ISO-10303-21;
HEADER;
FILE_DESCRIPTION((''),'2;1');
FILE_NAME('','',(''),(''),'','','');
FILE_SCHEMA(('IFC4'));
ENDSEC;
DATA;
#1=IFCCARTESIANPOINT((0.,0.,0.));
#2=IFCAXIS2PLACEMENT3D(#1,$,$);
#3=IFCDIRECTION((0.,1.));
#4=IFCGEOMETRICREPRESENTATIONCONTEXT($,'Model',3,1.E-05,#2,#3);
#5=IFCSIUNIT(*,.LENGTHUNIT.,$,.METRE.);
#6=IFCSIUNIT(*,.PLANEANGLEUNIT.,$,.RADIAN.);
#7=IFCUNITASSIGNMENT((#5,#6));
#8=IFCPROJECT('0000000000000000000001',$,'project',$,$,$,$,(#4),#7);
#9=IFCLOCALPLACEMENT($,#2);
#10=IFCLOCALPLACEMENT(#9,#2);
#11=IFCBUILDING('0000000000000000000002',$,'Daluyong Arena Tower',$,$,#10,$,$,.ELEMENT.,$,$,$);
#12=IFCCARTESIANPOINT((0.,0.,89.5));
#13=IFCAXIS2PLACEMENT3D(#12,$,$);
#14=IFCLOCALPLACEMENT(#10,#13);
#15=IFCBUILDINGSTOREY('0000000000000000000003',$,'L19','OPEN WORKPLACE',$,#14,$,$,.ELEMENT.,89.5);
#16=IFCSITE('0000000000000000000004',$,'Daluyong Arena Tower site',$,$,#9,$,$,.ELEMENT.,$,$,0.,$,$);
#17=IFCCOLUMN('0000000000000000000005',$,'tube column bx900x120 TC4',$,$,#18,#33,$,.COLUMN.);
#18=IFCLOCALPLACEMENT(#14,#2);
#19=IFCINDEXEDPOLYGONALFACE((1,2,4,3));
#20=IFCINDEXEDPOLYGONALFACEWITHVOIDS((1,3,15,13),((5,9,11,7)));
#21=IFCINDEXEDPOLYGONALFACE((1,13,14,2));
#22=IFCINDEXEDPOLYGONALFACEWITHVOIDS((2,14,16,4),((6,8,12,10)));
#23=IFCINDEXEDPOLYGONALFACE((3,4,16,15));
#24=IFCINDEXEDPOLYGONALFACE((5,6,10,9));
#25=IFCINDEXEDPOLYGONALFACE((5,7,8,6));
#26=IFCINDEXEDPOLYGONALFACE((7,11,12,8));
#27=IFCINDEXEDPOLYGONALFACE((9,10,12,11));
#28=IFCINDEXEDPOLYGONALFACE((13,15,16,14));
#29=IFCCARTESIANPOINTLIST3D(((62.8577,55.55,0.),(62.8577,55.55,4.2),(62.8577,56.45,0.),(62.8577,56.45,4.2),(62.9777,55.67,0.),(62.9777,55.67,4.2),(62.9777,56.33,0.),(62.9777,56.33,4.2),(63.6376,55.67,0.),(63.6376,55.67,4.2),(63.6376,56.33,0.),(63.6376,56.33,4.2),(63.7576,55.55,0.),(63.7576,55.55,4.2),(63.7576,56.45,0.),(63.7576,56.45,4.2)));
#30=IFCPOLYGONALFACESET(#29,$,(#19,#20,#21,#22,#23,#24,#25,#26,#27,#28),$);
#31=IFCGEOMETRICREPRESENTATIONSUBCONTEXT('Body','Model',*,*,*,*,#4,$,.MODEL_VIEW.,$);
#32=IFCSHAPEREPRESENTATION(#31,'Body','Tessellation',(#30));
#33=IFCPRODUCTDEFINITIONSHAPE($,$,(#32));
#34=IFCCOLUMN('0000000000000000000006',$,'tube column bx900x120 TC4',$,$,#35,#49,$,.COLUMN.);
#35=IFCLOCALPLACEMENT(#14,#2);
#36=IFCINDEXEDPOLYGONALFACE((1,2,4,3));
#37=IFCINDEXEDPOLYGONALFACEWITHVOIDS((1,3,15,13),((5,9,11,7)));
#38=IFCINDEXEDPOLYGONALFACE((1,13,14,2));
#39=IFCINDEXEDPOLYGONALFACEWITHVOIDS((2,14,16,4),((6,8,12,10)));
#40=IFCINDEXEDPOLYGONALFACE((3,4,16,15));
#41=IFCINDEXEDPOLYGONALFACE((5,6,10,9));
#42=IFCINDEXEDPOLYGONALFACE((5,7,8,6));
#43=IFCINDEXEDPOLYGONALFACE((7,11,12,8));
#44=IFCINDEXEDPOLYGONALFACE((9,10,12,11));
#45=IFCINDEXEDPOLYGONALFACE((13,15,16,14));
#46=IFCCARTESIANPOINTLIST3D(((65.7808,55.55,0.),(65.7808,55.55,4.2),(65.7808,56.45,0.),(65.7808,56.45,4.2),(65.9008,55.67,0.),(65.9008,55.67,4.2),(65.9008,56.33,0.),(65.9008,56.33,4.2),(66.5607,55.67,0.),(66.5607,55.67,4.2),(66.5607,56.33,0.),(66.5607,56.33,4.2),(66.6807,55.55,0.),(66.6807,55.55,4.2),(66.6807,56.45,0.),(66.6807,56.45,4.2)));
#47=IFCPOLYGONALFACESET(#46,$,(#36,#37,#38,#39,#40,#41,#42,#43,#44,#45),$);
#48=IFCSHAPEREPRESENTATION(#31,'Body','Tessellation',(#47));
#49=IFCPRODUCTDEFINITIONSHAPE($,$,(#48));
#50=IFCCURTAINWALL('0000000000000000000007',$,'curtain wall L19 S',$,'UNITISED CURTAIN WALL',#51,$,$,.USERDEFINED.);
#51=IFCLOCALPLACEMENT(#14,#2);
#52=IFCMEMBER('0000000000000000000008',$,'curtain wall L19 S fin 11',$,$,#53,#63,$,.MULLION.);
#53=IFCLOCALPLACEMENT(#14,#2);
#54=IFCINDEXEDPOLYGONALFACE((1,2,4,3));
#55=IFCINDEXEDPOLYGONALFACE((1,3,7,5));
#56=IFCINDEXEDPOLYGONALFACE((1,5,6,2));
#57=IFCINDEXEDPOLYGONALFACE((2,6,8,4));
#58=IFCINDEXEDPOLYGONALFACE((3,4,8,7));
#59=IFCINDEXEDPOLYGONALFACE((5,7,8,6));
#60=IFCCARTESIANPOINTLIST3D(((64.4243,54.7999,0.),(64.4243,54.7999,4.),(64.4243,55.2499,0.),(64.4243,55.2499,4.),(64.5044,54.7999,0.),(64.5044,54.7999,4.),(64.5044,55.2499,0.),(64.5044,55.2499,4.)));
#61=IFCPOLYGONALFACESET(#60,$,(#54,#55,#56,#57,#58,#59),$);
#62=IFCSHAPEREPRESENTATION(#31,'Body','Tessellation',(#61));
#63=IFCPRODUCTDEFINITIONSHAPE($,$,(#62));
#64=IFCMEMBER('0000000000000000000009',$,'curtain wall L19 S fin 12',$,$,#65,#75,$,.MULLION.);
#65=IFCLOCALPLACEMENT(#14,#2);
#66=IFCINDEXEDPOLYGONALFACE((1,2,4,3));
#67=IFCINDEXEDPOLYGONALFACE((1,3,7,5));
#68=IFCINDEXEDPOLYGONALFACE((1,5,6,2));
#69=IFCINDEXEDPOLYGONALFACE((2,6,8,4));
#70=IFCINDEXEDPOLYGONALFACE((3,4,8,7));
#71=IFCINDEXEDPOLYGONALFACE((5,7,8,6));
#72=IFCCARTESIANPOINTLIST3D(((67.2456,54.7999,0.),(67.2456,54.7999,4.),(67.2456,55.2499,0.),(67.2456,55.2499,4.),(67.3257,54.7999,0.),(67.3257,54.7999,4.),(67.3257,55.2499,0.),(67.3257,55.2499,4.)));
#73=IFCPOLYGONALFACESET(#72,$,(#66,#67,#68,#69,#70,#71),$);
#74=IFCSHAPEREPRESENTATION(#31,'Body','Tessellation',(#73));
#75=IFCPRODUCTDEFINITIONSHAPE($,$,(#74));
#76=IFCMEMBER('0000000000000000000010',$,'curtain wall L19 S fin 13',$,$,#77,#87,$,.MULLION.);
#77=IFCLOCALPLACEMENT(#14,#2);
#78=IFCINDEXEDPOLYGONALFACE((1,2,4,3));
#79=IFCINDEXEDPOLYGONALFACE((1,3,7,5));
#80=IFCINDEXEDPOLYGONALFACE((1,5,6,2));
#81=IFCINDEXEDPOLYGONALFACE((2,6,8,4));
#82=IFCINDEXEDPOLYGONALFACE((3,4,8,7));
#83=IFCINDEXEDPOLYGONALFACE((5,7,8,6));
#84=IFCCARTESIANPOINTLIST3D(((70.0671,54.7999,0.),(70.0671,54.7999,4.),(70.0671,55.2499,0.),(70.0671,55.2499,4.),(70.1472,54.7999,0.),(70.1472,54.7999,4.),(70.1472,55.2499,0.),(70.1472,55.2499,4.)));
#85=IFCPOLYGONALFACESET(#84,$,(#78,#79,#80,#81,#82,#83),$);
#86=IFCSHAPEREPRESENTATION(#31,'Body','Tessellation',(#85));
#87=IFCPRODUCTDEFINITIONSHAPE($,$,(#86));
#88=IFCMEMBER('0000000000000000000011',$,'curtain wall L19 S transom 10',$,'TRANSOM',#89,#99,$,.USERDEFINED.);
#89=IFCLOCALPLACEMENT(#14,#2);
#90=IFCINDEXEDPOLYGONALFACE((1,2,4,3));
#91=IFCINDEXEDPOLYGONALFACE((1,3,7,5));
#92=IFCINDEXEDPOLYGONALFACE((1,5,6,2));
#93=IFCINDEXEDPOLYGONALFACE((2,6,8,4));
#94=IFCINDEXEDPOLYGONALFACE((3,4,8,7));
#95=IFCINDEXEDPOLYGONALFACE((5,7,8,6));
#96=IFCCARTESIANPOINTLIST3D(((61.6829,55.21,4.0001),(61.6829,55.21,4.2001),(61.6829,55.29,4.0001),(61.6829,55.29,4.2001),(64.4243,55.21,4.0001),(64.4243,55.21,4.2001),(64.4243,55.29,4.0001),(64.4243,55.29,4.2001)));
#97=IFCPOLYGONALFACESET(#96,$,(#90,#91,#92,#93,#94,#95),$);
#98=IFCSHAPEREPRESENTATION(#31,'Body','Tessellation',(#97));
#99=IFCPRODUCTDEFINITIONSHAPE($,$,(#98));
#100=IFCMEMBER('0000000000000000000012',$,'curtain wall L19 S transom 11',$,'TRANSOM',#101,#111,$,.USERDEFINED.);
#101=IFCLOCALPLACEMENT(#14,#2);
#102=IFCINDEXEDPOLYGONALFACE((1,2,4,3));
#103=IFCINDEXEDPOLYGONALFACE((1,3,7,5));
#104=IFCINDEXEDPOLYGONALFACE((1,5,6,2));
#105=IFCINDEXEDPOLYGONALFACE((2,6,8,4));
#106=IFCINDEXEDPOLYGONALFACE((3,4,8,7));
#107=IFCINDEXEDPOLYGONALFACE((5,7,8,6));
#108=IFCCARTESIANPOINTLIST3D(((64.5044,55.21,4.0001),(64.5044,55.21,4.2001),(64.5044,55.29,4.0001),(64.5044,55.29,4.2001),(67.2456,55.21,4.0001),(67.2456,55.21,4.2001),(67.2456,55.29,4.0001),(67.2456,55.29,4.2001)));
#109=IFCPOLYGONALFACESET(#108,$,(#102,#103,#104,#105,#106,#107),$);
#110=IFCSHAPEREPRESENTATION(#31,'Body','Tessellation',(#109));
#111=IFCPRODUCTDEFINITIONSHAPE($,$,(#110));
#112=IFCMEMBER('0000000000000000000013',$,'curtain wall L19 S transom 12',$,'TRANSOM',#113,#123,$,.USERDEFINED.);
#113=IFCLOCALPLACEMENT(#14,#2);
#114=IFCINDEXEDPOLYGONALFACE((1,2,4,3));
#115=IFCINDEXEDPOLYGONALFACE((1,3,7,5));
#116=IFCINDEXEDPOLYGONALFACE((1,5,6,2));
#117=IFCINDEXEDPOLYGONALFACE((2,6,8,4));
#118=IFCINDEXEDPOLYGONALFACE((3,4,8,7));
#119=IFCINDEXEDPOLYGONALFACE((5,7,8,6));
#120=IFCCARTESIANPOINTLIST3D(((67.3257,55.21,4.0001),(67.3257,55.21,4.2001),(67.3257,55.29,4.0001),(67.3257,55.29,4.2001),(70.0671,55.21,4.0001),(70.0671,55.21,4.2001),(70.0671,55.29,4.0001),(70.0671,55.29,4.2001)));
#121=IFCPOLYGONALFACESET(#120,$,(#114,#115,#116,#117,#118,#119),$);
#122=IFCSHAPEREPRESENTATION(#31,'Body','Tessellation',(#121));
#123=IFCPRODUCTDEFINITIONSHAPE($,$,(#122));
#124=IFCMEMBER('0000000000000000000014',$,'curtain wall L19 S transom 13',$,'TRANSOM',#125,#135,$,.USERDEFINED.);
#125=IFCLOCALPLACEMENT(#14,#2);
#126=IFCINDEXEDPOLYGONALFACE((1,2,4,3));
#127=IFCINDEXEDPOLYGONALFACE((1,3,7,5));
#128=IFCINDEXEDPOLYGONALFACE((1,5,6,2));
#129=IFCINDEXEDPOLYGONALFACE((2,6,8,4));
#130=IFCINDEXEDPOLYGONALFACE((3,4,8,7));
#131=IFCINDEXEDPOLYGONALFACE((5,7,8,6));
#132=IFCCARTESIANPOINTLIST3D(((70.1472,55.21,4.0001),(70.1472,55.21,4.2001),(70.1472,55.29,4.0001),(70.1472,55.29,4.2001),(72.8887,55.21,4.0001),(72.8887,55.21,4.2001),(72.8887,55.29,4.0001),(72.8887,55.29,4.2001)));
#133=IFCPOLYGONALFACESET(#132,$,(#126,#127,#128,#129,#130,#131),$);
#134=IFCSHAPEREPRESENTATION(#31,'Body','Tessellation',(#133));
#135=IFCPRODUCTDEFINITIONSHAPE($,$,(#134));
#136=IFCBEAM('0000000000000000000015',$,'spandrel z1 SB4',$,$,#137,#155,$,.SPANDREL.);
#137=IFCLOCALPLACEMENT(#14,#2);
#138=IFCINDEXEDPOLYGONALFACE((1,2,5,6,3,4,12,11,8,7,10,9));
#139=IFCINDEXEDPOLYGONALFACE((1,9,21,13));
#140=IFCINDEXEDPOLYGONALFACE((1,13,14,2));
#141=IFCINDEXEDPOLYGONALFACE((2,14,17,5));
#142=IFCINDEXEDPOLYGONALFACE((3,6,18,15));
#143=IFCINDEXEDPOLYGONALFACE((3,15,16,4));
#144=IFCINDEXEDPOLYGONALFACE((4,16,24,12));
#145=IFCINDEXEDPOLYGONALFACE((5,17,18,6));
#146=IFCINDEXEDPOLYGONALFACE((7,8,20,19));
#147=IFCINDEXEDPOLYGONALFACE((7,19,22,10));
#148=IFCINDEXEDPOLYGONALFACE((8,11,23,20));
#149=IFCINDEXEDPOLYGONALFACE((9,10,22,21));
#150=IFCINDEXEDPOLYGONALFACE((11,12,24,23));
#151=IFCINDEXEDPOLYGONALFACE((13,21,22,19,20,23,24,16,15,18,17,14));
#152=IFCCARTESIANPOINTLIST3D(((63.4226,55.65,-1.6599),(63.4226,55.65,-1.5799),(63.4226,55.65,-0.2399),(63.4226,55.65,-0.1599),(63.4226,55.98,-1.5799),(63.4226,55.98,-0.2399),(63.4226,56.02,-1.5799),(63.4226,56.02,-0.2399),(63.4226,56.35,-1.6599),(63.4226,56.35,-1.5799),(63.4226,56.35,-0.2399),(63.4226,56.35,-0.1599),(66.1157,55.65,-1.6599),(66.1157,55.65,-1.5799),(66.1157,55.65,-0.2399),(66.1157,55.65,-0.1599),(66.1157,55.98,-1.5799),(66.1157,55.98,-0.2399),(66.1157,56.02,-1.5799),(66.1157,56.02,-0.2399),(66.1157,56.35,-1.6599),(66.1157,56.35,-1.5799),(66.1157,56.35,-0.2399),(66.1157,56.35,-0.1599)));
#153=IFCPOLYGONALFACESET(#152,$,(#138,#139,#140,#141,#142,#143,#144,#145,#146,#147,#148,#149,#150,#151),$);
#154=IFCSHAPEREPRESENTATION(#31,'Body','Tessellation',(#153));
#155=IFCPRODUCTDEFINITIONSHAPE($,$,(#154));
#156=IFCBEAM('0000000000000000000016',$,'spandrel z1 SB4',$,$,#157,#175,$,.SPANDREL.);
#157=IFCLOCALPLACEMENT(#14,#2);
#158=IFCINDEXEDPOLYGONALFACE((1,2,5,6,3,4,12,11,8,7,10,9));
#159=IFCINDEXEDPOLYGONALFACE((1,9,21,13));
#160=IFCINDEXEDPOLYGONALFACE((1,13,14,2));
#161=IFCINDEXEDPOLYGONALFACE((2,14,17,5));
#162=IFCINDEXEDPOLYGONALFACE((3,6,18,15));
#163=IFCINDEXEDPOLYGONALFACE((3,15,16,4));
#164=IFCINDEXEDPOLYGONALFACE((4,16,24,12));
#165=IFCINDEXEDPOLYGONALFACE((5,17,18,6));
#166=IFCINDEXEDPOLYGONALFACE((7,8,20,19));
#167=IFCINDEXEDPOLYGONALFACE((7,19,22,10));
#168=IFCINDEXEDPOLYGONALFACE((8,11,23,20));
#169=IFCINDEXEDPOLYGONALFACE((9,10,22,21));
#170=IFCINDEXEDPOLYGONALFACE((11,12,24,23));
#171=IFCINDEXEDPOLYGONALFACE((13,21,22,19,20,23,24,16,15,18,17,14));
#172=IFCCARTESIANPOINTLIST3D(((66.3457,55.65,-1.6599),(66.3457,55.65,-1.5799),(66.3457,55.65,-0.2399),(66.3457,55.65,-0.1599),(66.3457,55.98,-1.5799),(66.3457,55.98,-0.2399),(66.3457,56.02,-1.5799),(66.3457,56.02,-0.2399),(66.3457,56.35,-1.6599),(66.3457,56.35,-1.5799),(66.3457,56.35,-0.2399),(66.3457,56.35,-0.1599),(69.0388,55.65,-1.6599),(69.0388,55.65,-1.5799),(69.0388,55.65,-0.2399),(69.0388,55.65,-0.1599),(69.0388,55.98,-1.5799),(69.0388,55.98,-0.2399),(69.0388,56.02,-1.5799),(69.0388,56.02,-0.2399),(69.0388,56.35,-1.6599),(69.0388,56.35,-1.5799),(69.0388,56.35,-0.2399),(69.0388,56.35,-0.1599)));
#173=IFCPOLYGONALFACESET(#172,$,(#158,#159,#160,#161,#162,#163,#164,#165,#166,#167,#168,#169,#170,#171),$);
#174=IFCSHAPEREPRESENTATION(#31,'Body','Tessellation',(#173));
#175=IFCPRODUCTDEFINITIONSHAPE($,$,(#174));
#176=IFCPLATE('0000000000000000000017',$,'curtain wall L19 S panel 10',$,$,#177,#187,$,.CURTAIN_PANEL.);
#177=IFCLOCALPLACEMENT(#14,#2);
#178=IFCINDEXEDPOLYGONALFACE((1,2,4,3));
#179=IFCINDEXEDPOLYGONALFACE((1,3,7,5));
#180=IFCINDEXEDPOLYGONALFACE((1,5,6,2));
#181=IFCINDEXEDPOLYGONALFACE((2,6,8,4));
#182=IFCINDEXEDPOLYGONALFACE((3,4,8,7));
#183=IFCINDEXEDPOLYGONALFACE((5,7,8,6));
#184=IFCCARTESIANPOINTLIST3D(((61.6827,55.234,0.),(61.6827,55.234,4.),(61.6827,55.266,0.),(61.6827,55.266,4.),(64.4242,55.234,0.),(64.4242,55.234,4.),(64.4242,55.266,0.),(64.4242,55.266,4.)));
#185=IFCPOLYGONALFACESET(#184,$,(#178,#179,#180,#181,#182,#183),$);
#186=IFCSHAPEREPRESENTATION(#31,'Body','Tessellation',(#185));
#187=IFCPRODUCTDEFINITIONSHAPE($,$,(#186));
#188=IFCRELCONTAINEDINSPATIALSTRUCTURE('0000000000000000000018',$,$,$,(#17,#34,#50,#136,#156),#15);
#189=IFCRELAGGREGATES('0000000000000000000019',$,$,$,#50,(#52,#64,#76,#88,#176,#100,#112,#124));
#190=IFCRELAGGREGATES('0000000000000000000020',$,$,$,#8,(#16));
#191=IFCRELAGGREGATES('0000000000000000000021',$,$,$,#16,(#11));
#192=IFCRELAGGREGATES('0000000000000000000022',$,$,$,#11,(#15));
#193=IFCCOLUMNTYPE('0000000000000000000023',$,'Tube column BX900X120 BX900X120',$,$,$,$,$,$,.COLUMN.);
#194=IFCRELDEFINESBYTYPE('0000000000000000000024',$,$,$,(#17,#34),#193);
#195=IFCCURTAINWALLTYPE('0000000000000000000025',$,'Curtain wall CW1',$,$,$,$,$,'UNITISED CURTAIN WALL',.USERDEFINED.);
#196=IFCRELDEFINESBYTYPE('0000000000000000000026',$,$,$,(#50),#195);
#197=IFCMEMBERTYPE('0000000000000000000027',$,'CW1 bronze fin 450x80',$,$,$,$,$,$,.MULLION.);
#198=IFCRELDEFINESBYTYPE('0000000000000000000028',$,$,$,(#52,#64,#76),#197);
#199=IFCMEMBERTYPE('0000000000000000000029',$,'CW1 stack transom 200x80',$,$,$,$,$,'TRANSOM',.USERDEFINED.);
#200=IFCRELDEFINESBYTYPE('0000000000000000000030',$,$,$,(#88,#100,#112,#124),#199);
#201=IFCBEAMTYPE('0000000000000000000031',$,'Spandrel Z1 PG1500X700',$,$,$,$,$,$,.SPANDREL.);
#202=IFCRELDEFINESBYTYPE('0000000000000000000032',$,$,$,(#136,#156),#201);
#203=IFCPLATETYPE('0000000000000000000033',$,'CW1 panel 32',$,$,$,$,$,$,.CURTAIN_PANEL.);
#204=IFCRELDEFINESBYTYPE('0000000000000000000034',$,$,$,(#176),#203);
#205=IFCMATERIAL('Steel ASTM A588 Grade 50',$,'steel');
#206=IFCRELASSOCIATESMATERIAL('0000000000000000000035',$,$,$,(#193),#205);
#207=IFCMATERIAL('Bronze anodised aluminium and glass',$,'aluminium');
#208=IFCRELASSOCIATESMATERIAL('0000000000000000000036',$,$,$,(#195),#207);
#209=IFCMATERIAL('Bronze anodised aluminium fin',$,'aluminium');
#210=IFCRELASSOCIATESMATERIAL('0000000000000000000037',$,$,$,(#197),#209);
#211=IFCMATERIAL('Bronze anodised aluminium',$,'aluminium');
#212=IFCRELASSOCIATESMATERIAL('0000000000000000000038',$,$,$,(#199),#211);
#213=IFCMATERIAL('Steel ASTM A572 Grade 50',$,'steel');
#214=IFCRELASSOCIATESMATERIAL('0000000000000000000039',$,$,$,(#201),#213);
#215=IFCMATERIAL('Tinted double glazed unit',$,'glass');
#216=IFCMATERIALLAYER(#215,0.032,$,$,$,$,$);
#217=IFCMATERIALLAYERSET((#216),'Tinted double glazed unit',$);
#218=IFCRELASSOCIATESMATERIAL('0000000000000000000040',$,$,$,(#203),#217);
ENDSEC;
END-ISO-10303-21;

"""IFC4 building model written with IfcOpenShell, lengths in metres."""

from ifc_helpers import new_model, si_unit, direction, frame, origin, origin_2d, place, context, subcontext, project, spatial, rectangle, hollow_rectangle, i_section, extrude, material, layer, layer_set, material_profile, profile_set, type_object, element, aggregate, save


model = new_model("IFC4")

# Units and contexts
model_context = context("Model", 3, precision=1e-05, world=origin(), true_north=direction((0.0, 1.0)))
body_context = subcontext(model_context, "Body", "Model", "MODEL_VIEW")
ifc_project = project(units=[si_unit("LENGTHUNIT", "METRE"), si_unit("PLANEANGLEUNIT", "RADIAN")], contexts=[model_context])

# Site, building, storey
site_placement = place(None, origin())
site = spatial("IfcSite", under=ifc_project, at=site_placement, Name="Daluyong Arena Tower site", CompositionType="ELEMENT", RefElevation=0.0)
building_placement = place(site_placement, origin())
building = spatial("IfcBuilding", under=site, at=building_placement, Name="Daluyong Arena Tower", CompositionType="ELEMENT")
storey_placement = place(building_placement, frame((0.0, 0.0, 89.5)))
storey = spatial("IfcBuildingStorey", under=building, at=storey_placement, Name="L19", Description="OPEN WORKPLACE", CompositionType="ELEMENT", Elevation=89.5)

# Columns
ifc_material_1 = material(Name="Steel ASTM A588 Grade 50", Category="steel")
ifc_material_profile_1 = material_profile(ifc_material_1, hollow_rectangle(XDim=0.8999, YDim=0.8999, WallThickness=0.12, at=origin_2d()))
ifc_profile_set_1 = profile_set([ifc_material_profile_1], Name="Steel ASTM A588 Grade 50")
column_type = type_object("IfcColumnType", Name="Tube column BX900X120 BX900X120", PredefinedType="COLUMN", material=ifc_profile_set_1)
for number, where, z_axis, x_axis, name in (
    (1, (63.3076, 56.0, 0.0), (0.0, 0.0, 1.0), (1.0, 0.0, 0.0), "tube column bx900x120 TC4"),
    (2, (66.2307, 56.0, 0.0), (0.0, 0.0, 1.0), (1.0, 0.0, 0.0), "tube column bx900x120 TC4"),
):
    element("IfcColumn", number, at=place(storey_placement, frame(where, z_axis=z_axis, x_axis=x_axis)), inside=storey, type_object=column_type, Name=name, PredefinedType="COLUMN", context=body_context, shape_type="SweptSolid", body=[
        extrude(hollow_rectangle(XDim=0.8999, YDim=0.8999, WallThickness=0.12, at=origin_2d()), origin(), (0.0, 0.0, 1.0), 4.2),
    ])

# Curtain wall, members
ifc_material_2 = material(Name="Bronze anodised aluminium and glass", Category="aluminium")
curtain_wall_type = type_object("IfcCurtainWallType", Name="Curtain wall CW1", ElementType="UNITISED CURTAIN WALL", PredefinedType="USERDEFINED", material=ifc_material_2)
curtain_wall_placement = place(storey_placement, origin())
curtain_wall = element("IfcCurtainWall", 3, at=curtain_wall_placement, inside=storey, type_object=curtain_wall_type, Name="curtain wall L19 S", ObjectType="UNITISED CURTAIN WALL", PredefinedType="USERDEFINED")
ifc_material_3 = material(Name="Bronze anodised aluminium fin", Category="aluminium")
ifc_material_profile_2 = material_profile(ifc_material_3, rectangle(XDim=0.45, YDim=0.0801, at=origin_2d()))
ifc_profile_set_2 = profile_set([ifc_material_profile_2], Name="Bronze anodised aluminium fin")
member_type_1 = type_object("IfcMemberType", Name="CW1 bronze fin 450x80", PredefinedType="MULLION", material=ifc_profile_set_2)
member_1_placement = place(storey_placement, frame((64.4644, 55.0249, 0.0), z_axis=(0.0, 0.0, 1.0), x_axis=(0.0, 1.0, 0.0)))
member_1 = element("IfcMember", 4, at=member_1_placement, type_object=member_type_1, Name="curtain wall L19 S fin 11", PredefinedType="MULLION", context=body_context, shape_type="SweptSolid", body=[
    extrude(rectangle(XDim=0.45, YDim=0.0801, at=origin_2d()), origin(), (0.0, 0.0, 1.0), 4.0),
])
member_2_placement = place(storey_placement, frame((67.2856, 55.0249, 0.0), z_axis=(0.0, 0.0, 1.0), x_axis=(0.0, 1.0, 0.0)))
member_2 = element("IfcMember", 5, at=member_2_placement, type_object=member_type_1, Name="curtain wall L19 S fin 12", PredefinedType="MULLION", context=body_context, shape_type="SweptSolid", body=[
    extrude(rectangle(XDim=0.45, YDim=0.0801, at=origin_2d()), origin(), (0.0, 0.0, 1.0), 4.0),
])
member_3_placement = place(storey_placement, frame((70.1072, 55.0249, 0.0), z_axis=(0.0, 0.0, 1.0), x_axis=(0.0, 1.0, 0.0)))
member_3 = element("IfcMember", 6, at=member_3_placement, type_object=member_type_1, Name="curtain wall L19 S fin 13", PredefinedType="MULLION", context=body_context, shape_type="SweptSolid", body=[
    extrude(rectangle(XDim=0.45, YDim=0.0801, at=origin_2d()), origin(), (0.0, 0.0, 1.0), 4.0),
])
ifc_material_4 = material(Name="Bronze anodised aluminium", Category="aluminium")
ifc_material_profile_3 = material_profile(ifc_material_4, rectangle(XDim=0.0801, YDim=0.2, at=origin_2d()))
ifc_profile_set_3 = profile_set([ifc_material_profile_3], Name="Bronze anodised aluminium")
member_type_2 = type_object("IfcMemberType", Name="CW1 stack transom 200x80", ElementType="TRANSOM", PredefinedType="USERDEFINED", material=ifc_profile_set_3)
member_4_placement = place(storey_placement, frame((61.6829, 55.25, 4.1001), z_axis=(1.0, 0.0, 0.0), x_axis=(0.0, 1.0, 0.0)))
member_4 = element("IfcMember", 7, at=member_4_placement, type_object=member_type_2, Name="curtain wall L19 S transom 10", ObjectType="TRANSOM", PredefinedType="USERDEFINED", context=body_context, shape_type="SweptSolid", body=[
    extrude(rectangle(XDim=0.0801, YDim=0.2, at=origin_2d()), origin(), (0.0, 0.0, 1.0), 2.7415),
])
member_5_placement = place(storey_placement, frame((64.5044, 55.25, 4.1001), z_axis=(1.0, 0.0, 0.0), x_axis=(0.0, 1.0, 0.0)))
member_5 = element("IfcMember", 8, at=member_5_placement, type_object=member_type_2, Name="curtain wall L19 S transom 11", ObjectType="TRANSOM", PredefinedType="USERDEFINED", context=body_context, shape_type="SweptSolid", body=[
    extrude(rectangle(XDim=0.0801, YDim=0.2, at=origin_2d()), origin(), (0.0, 0.0, 1.0), 2.7412),
])
member_6_placement = place(storey_placement, frame((67.3257, 55.25, 4.1001), z_axis=(1.0, 0.0, 0.0), x_axis=(0.0, 1.0, 0.0)))
member_6 = element("IfcMember", 9, at=member_6_placement, type_object=member_type_2, Name="curtain wall L19 S transom 12", ObjectType="TRANSOM", PredefinedType="USERDEFINED", context=body_context, shape_type="SweptSolid", body=[
    extrude(rectangle(XDim=0.0801, YDim=0.2, at=origin_2d()), origin(), (0.0, 0.0, 1.0), 2.7415),
])
member_7_placement = place(storey_placement, frame((70.1472, 55.25, 4.1001), z_axis=(1.0, 0.0, 0.0), x_axis=(0.0, 1.0, 0.0)))
member_7 = element("IfcMember", 10, at=member_7_placement, type_object=member_type_2, Name="curtain wall L19 S transom 13", ObjectType="TRANSOM", PredefinedType="USERDEFINED", context=body_context, shape_type="SweptSolid", body=[
    extrude(rectangle(XDim=0.0801, YDim=0.2, at=origin_2d()), origin(), (0.0, 0.0, 1.0), 2.7415),
])

# Beams
ifc_material_5 = material(Name="Steel ASTM A572 Grade 50", Category="steel")
ifc_material_profile_4 = material_profile(ifc_material_5, i_section(OverallWidth=0.7, OverallDepth=1.5, WebThickness=0.04, FlangeThickness=0.08, at=origin_2d()))
ifc_profile_set_4 = profile_set([ifc_material_profile_4], Name="Steel ASTM A572 Grade 50")
beam_type = type_object("IfcBeamType", Name="Spandrel Z1 PG1500X700", PredefinedType="SPANDREL", material=ifc_profile_set_4)
for number, where, z_axis, x_axis, name in (
    (11, (63.4226, 56.0, -0.9099), (1.0, 0.0, 0.0), (0.0, 1.0, 0.0), "spandrel z1 SB4"),
    (12, (66.3457, 56.0, -0.9099), (1.0, 0.0, 0.0), (0.0, 1.0, 0.0), "spandrel z1 SB4"),
):
    element("IfcBeam", number, at=place(storey_placement, frame(where, z_axis=z_axis, x_axis=x_axis)), inside=storey, type_object=beam_type, Name=name, PredefinedType="SPANDREL", context=body_context, shape_type="SweptSolid", body=[
        extrude(i_section(OverallWidth=0.7, OverallDepth=1.5, WebThickness=0.04, FlangeThickness=0.08, at=origin_2d()), origin(), (0.0, 0.0, 1.0), 2.6931),
    ])

# Plate
ifc_material_6 = material(Name="Tinted double glazed unit", Category="glass")
ifc_layer = layer(ifc_material_6, 0.032)
ifc_layer_set = layer_set([ifc_layer], Name="Tinted double glazed unit")
plate_type = type_object("IfcPlateType", Name="CW1 panel 32", PredefinedType="CURTAIN_PANEL", material=ifc_layer_set)
plate_1_placement = place(storey_placement, frame((63.0535, 55.25, 0.0), z_axis=(0.0, 0.0, 1.0), x_axis=(1.0, 0.0, 0.0)))
plate_1 = element("IfcPlate", 13, at=plate_1_placement, type_object=plate_type, Name="curtain wall L19 S panel 10", PredefinedType="CURTAIN_PANEL", context=body_context, shape_type="SweptSolid", body=[
    extrude(rectangle(XDim=2.7415, YDim=0.032, at=origin_2d()), origin(), (0.0, 0.0, 1.0), 4.0),
])
aggregate(curtain_wall, [member_1, member_2, member_3, member_4, plate_1, member_5, member_6, member_7])

save(model, "model.ifc")
